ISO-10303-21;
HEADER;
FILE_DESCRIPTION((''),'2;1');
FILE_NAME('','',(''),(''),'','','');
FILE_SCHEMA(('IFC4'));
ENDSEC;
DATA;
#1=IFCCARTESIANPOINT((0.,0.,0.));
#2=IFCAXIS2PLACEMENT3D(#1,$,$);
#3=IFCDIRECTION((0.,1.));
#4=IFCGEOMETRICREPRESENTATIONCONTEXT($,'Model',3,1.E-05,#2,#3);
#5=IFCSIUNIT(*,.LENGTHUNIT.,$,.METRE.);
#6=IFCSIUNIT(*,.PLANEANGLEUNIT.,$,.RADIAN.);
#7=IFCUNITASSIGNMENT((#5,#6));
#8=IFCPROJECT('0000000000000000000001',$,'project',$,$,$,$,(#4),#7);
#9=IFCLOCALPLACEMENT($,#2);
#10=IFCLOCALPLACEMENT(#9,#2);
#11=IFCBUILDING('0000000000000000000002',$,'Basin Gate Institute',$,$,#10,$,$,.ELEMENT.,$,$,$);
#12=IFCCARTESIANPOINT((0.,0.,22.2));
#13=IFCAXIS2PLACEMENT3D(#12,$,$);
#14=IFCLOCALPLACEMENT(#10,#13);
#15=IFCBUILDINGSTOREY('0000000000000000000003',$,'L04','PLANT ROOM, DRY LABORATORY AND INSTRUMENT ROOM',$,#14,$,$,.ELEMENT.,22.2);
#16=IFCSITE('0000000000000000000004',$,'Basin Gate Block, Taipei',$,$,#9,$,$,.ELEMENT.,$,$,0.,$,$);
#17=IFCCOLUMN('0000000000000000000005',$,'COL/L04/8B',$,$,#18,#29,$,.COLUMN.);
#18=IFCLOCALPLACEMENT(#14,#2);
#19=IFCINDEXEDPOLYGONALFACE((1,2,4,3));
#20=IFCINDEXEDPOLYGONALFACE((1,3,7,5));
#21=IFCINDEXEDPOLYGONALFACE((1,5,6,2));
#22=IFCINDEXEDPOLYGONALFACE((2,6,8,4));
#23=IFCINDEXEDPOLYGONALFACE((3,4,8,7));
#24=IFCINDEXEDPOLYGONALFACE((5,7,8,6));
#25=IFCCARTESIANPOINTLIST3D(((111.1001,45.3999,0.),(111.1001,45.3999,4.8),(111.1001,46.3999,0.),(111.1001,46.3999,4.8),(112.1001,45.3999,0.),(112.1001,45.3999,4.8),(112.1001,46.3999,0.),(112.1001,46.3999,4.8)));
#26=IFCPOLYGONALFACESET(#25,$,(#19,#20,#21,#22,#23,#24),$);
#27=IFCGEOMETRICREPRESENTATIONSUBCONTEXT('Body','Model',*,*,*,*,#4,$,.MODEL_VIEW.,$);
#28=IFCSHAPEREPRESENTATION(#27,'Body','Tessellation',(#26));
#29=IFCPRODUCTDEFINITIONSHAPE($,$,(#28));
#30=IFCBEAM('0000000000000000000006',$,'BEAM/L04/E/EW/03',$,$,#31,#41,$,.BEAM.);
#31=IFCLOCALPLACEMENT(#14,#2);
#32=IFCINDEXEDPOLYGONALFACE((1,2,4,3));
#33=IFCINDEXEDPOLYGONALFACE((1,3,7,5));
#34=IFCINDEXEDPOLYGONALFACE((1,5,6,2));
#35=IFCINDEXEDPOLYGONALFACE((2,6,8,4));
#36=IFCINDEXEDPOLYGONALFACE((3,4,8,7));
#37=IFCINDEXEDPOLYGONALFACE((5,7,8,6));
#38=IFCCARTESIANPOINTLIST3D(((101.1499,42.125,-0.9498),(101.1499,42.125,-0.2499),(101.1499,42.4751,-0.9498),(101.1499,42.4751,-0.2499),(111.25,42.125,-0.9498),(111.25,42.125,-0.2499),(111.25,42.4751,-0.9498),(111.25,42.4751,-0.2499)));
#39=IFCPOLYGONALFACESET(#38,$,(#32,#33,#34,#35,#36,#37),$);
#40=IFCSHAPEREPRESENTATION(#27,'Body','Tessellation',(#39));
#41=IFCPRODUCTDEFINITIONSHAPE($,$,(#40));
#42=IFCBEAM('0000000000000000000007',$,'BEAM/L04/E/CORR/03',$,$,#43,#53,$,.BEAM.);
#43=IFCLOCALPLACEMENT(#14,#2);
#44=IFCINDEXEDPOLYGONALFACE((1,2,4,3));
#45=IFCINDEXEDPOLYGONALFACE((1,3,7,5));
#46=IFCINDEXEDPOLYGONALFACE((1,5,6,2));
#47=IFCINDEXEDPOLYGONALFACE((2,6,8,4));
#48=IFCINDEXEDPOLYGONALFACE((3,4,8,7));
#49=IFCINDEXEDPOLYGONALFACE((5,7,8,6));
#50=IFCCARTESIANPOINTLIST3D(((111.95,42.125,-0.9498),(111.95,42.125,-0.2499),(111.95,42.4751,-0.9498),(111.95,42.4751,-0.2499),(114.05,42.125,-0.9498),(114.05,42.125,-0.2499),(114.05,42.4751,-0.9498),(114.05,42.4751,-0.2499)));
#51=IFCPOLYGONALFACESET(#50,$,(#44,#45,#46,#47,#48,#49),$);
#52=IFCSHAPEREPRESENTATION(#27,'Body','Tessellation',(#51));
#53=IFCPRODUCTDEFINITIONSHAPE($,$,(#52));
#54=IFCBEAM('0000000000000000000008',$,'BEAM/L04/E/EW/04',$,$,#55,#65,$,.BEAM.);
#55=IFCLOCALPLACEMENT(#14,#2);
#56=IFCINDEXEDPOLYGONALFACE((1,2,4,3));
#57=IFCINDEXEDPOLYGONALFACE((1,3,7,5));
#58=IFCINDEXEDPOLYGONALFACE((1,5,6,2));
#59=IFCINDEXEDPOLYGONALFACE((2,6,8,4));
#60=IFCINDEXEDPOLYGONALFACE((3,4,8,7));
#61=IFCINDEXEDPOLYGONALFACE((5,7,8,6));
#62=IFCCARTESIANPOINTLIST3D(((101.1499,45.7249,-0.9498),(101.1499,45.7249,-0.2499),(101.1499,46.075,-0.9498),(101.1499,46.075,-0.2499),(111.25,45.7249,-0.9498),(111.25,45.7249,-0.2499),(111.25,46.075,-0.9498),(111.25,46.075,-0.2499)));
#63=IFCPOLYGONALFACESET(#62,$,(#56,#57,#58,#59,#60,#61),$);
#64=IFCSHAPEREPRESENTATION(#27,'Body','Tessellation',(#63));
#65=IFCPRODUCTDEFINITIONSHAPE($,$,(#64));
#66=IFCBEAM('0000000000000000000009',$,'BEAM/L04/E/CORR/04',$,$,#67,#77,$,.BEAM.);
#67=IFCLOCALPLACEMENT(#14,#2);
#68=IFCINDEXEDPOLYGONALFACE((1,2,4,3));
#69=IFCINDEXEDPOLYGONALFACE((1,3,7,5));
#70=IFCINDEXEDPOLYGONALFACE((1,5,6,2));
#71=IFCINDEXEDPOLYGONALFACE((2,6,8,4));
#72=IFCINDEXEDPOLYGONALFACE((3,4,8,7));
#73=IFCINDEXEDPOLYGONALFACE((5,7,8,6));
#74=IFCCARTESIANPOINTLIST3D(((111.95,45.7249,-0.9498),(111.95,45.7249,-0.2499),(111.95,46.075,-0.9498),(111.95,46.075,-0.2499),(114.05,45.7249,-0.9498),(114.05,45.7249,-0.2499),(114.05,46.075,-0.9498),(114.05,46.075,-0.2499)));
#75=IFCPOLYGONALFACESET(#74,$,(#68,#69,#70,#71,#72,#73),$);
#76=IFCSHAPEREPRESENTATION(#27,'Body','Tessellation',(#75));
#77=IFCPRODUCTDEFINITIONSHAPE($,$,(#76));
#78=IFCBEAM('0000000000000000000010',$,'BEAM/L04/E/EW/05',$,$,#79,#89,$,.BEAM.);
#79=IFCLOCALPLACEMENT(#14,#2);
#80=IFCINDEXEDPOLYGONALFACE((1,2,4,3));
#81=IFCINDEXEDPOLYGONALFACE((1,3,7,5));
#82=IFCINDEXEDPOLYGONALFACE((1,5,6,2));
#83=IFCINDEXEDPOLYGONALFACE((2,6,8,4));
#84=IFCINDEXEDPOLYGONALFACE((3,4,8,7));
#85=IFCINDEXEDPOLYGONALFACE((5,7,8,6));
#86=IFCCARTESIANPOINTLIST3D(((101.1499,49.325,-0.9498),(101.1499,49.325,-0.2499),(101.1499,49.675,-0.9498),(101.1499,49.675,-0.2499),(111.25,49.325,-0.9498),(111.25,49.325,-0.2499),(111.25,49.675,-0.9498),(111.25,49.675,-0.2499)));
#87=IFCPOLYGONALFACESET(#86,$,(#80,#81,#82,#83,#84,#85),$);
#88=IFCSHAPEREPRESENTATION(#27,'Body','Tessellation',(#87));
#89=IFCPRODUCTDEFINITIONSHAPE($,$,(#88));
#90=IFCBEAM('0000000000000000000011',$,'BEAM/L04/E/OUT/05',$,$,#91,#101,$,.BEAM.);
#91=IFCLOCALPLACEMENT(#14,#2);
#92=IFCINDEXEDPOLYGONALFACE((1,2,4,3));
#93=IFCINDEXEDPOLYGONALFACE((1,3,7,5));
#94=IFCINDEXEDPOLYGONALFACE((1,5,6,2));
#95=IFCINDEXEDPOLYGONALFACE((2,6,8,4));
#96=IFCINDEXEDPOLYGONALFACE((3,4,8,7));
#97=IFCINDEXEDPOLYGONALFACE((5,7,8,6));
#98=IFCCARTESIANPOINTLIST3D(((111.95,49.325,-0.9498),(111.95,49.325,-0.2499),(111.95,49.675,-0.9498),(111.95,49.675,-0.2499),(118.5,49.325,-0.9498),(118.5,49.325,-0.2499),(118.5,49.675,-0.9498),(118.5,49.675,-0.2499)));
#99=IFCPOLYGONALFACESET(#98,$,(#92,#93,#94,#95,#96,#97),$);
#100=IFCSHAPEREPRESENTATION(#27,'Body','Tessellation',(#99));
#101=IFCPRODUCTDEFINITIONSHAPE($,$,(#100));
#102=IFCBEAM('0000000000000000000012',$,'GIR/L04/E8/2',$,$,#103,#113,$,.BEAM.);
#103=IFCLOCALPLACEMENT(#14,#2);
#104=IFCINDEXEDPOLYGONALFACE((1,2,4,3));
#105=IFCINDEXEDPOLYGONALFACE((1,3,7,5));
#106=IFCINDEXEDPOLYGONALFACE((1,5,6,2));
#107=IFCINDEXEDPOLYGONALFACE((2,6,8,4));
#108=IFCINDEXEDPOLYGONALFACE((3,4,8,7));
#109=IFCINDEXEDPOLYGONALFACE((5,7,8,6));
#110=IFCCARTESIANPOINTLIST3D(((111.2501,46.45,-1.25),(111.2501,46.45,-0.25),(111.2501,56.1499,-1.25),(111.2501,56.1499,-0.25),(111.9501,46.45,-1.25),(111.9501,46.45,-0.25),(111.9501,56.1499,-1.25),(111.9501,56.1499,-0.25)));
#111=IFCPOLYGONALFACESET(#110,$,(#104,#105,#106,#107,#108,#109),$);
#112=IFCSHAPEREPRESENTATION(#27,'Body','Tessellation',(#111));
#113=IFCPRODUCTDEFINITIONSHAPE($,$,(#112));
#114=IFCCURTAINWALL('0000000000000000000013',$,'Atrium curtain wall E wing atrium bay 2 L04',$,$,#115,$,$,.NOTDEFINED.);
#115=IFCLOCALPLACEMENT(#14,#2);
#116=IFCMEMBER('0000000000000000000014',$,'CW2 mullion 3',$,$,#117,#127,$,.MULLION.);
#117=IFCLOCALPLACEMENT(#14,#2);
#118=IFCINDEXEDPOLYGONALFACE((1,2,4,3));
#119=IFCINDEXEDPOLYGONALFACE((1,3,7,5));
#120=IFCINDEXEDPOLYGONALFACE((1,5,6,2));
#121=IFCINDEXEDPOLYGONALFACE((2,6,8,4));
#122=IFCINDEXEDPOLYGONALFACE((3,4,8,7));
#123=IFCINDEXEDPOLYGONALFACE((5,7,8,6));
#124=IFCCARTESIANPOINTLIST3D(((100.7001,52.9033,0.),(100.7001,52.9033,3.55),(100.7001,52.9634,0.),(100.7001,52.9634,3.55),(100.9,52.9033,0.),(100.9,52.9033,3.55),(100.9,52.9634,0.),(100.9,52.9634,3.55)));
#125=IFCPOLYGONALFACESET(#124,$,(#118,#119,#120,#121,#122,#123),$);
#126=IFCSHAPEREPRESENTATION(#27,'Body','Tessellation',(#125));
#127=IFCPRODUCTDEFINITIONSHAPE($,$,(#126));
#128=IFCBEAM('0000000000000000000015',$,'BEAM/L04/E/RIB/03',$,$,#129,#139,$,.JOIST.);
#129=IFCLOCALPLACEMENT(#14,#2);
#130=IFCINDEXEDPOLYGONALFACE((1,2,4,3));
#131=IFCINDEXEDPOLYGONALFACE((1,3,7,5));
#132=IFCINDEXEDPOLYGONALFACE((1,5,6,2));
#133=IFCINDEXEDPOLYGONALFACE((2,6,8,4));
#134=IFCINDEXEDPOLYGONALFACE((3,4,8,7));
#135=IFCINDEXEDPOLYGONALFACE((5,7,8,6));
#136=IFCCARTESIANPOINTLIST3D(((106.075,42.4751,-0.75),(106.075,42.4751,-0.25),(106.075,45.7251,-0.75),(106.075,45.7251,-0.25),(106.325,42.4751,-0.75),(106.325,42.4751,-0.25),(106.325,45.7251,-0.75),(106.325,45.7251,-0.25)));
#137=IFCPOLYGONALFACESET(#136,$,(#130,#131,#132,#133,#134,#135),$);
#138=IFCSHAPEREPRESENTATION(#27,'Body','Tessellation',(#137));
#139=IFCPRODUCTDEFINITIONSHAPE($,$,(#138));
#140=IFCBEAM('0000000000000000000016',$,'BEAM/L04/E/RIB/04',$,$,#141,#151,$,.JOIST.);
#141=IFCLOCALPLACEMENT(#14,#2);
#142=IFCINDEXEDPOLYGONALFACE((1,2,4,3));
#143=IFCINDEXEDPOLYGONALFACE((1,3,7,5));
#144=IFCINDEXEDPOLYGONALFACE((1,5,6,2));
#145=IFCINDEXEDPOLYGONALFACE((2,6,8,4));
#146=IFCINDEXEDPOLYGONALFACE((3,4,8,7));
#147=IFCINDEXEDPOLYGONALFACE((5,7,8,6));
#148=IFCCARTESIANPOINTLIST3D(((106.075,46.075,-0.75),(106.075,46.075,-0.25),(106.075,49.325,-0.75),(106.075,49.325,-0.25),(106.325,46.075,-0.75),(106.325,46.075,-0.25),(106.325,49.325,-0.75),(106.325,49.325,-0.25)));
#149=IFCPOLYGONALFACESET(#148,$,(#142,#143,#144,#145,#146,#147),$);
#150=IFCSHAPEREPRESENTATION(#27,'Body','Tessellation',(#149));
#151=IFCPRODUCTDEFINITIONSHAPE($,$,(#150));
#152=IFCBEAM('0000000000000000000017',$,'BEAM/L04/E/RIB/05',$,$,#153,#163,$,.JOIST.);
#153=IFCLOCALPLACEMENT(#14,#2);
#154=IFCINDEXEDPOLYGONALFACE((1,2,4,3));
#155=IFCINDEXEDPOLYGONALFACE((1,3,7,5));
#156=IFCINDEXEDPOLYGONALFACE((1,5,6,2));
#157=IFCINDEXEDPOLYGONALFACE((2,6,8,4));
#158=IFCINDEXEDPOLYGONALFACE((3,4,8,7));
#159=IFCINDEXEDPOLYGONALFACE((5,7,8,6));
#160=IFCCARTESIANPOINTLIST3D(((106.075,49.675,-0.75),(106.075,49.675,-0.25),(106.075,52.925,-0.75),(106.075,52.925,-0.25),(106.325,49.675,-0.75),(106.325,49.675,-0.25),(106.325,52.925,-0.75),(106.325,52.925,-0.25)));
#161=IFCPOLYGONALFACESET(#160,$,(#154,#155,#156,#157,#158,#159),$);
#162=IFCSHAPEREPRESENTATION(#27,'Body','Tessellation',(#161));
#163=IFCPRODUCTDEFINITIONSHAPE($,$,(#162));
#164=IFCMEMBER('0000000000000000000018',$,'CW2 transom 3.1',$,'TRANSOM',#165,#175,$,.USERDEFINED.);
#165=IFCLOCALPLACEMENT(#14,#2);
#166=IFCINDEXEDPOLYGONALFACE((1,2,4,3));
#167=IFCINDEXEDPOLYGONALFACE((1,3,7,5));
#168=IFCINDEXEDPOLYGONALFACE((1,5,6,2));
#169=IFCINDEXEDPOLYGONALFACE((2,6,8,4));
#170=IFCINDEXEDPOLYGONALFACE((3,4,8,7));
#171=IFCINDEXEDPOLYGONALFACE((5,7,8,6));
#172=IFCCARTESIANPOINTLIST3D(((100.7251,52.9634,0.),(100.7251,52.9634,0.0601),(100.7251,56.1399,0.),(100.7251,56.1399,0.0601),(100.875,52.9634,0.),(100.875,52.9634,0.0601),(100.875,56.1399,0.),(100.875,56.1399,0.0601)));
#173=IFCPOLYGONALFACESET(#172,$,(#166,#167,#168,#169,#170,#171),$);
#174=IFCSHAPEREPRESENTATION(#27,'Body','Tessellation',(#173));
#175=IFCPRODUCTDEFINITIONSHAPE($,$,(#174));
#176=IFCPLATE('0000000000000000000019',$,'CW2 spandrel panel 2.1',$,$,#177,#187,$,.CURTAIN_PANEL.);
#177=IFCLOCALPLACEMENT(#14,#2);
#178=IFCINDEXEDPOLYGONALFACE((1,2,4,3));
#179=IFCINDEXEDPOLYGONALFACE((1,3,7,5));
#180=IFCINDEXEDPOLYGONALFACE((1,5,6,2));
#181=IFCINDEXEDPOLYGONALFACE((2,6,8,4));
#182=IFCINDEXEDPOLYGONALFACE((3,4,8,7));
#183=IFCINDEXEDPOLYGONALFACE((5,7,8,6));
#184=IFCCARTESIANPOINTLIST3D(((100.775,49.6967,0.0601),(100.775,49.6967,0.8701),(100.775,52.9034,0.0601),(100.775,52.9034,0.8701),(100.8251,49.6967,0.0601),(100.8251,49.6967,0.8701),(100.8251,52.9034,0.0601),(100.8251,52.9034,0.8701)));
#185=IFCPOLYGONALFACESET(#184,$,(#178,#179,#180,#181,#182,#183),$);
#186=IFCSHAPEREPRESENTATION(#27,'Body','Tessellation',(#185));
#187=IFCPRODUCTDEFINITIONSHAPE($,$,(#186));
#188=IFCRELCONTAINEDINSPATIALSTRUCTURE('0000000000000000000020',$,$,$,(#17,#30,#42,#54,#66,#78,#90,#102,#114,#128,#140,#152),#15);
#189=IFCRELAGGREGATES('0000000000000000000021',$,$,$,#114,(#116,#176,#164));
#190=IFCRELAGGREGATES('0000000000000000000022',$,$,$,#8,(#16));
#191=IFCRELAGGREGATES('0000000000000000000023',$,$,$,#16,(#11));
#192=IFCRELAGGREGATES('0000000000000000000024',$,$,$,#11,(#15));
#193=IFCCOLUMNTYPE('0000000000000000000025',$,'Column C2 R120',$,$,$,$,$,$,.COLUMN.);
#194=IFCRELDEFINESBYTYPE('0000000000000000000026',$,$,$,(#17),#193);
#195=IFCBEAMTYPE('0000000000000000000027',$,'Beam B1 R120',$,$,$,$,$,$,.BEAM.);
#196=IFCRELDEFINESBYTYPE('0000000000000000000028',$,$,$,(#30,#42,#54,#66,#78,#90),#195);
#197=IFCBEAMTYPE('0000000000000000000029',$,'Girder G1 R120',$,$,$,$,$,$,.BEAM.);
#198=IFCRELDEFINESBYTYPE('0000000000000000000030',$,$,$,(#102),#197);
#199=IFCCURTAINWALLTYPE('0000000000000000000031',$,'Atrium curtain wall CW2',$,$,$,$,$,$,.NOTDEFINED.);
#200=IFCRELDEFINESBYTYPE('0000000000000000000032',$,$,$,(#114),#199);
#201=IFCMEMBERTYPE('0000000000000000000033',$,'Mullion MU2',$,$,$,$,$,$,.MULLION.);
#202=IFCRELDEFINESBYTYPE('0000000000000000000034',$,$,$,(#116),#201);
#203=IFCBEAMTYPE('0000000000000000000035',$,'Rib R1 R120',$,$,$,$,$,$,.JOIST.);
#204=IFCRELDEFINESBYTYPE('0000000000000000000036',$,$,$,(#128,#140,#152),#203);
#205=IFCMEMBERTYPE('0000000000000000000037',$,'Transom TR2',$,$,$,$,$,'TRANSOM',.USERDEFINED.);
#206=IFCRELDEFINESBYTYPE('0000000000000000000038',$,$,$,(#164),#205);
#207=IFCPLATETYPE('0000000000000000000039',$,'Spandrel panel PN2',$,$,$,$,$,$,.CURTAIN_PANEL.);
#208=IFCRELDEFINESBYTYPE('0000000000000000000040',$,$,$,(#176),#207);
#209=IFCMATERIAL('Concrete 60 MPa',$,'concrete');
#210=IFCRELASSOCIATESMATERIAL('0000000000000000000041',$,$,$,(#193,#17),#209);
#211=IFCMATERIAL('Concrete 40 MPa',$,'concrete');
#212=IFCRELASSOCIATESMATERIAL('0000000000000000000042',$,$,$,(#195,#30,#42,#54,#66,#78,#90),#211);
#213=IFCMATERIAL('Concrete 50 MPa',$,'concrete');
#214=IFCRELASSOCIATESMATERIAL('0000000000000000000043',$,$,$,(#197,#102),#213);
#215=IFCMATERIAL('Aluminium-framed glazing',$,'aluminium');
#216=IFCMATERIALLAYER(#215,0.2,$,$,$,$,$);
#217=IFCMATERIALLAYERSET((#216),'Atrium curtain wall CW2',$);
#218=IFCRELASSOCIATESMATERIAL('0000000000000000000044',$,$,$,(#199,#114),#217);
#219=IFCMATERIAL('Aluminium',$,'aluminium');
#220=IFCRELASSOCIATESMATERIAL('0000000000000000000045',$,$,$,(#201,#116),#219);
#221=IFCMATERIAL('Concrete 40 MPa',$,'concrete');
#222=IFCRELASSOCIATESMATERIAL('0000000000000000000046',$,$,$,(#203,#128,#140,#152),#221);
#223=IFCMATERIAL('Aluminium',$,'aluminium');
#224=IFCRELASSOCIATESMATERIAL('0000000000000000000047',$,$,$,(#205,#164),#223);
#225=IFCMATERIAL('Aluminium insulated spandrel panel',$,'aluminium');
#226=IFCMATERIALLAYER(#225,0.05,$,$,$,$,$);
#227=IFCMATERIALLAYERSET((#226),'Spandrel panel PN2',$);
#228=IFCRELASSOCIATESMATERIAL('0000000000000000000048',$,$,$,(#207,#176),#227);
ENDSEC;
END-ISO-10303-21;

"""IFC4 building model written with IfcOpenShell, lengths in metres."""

from ifc_helpers import new_model, si_unit, direction, frame, origin, origin_2d, place, context, subcontext, project, spatial, rectangle, extrude, material, layer, layer_set, material_profile, profile_set, type_object, element, aggregate, save


model = new_model("IFC4")

# Units and contexts
model_context = context("Model", 3, precision=1e-05, world=origin(), true_north=direction((0.0, 1.0)))
body_context = subcontext(model_context, "Body", "Model", "MODEL_VIEW")
ifc_project = project(units=[si_unit("LENGTHUNIT", "METRE"), si_unit("PLANEANGLEUNIT", "RADIAN")], contexts=[model_context])

# Site, building, storey
site_placement = place(None, origin())
site = spatial("IfcSite", under=ifc_project, at=site_placement, Name="Basin Gate Block, Taipei", CompositionType="ELEMENT", RefElevation=0.0)
building_placement = place(site_placement, origin())
building = spatial("IfcBuilding", under=site, at=building_placement, Name="Basin Gate Institute", CompositionType="ELEMENT")
storey_placement = place(building_placement, frame((0.0, 0.0, 22.2)))
storey = spatial("IfcBuildingStorey", under=building, at=storey_placement, Name="L04", Description="PLANT ROOM, DRY LABORATORY AND INSTRUMENT ROOM", CompositionType="ELEMENT", Elevation=22.2)

# Column
ifc_material_1 = material(Name="Concrete 60 MPa", Category="concrete")
ifc_material_profile_1 = material_profile(ifc_material_1, rectangle(XDim=1.0, YDim=1.0, at=origin_2d()), Name="Column C2 1000 x 1000")
ifc_profile_set_1 = profile_set([ifc_material_profile_1], Name="Concrete 60 MPa")
column_type = type_object("IfcColumnType", Name="Column C2 R120", PredefinedType="COLUMN", material=ifc_profile_set_1)
column_placement = place(storey_placement, frame((111.6001, 45.8999, 0.0), z_axis=(0.0, 0.0, 1.0), x_axis=(1.0, 0.0, 0.0)))
element("IfcColumn", 1, at=column_placement, inside=storey, type_object=column_type, material=ifc_profile_set_1, Name="COL/L04/8B", PredefinedType="COLUMN", context=body_context, shape_type="SweptSolid", body=[
    extrude(rectangle(XDim=1.0, YDim=1.0, at=origin_2d()), origin(), (0.0, 0.0, 1.0), 4.8),
])

# Beams
ifc_material_2 = material(Name="Concrete 40 MPa", Category="concrete")
ifc_material_profile_2 = material_profile(ifc_material_2, rectangle(XDim=0.3501, YDim=0.7, at=origin_2d()), Name="Beam B1 350 x 700")
ifc_profile_set_2 = profile_set([ifc_material_profile_2], Name="Concrete 40 MPa")
beam_type_1 = type_object("IfcBeamType", Name="Beam B1 R120", PredefinedType="BEAM", material=ifc_profile_set_2)
beam_1_placement = place(storey_placement, frame((111.25, 42.3, -0.5999), z_axis=(-1.0, 0.0, 0.0), x_axis=(0.0, -1.0, 0.0)))
element("IfcBeam", 2, at=beam_1_placement, inside=storey, type_object=beam_type_1, material=ifc_profile_set_2, Name="BEAM/L04/E/EW/03", PredefinedType="BEAM", context=body_context, shape_type="SweptSolid", body=[
    extrude(rectangle(XDim=0.3501, YDim=0.7, at=origin_2d()), origin(), (0.0, 0.0, 1.0), 10.1001),
])
beam_2_placement = place(storey_placement, frame((114.05, 42.3, -0.5999), z_axis=(-1.0, 0.0, 0.0), x_axis=(0.0, -1.0, 0.0)))
element("IfcBeam", 3, at=beam_2_placement, inside=storey, type_object=beam_type_1, material=ifc_profile_set_2, Name="BEAM/L04/E/CORR/03", PredefinedType="BEAM", context=body_context, shape_type="SweptSolid", body=[
    extrude(rectangle(XDim=0.3501, YDim=0.7, at=origin_2d()), origin(), (0.0, 0.0, 1.0), 2.1001),
])
beam_3_placement = place(storey_placement, frame((111.25, 45.8999, -0.5999), z_axis=(-1.0, 0.0, 0.0), x_axis=(0.0, -1.0, 0.0)))
element("IfcBeam", 4, at=beam_3_placement, inside=storey, type_object=beam_type_1, material=ifc_profile_set_2, Name="BEAM/L04/E/EW/04", PredefinedType="BEAM", context=body_context, shape_type="SweptSolid", body=[
    extrude(rectangle(XDim=0.3501, YDim=0.7, at=origin_2d()), origin(), (0.0, 0.0, 1.0), 10.1001),
])
beam_4_placement = place(storey_placement, frame((114.05, 45.8999, -0.5999), z_axis=(-1.0, 0.0, 0.0), x_axis=(0.0, -1.0, 0.0)))
element("IfcBeam", 5, at=beam_4_placement, inside=storey, type_object=beam_type_1, material=ifc_profile_set_2, Name="BEAM/L04/E/CORR/04", PredefinedType="BEAM", context=body_context, shape_type="SweptSolid", body=[
    extrude(rectangle(XDim=0.3501, YDim=0.7, at=origin_2d()), origin(), (0.0, 0.0, 1.0), 2.1001),
])
beam_5_placement = place(storey_placement, frame((111.25, 49.5, -0.5999), z_axis=(-1.0, 0.0, 0.0), x_axis=(0.0, -1.0, 0.0)))
element("IfcBeam", 6, at=beam_5_placement, inside=storey, type_object=beam_type_1, material=ifc_profile_set_2, Name="BEAM/L04/E/EW/05", PredefinedType="BEAM", context=body_context, shape_type="SweptSolid", body=[
    extrude(rectangle(XDim=0.3501, YDim=0.7, at=origin_2d()), origin(), (0.0, 0.0, 1.0), 10.1001),
])
beam_6_placement = place(storey_placement, frame((118.5, 49.5, -0.5999), z_axis=(-1.0, 0.0, 0.0), x_axis=(0.0, -1.0, 0.0)))
element("IfcBeam", 7, at=beam_6_placement, inside=storey, type_object=beam_type_1, material=ifc_profile_set_2, Name="BEAM/L04/E/OUT/05", PredefinedType="BEAM", context=body_context, shape_type="SweptSolid", body=[
    extrude(rectangle(XDim=0.3501, YDim=0.7, at=origin_2d()), origin(), (0.0, 0.0, 1.0), 6.55),
])
ifc_material_3 = material(Name="Concrete 50 MPa", Category="concrete")
ifc_material_profile_3 = material_profile(ifc_material_3, rectangle(XDim=0.7, YDim=1.0, at=origin_2d()), Name="Girder G1 700 x 1000")
ifc_profile_set_3 = profile_set([ifc_material_profile_3], Name="Concrete 50 MPa")
beam_type_2 = type_object("IfcBeamType", Name="Girder G1 R120", PredefinedType="BEAM", material=ifc_profile_set_3)
beam_7_placement = place(storey_placement, frame((111.6001, 46.45, -0.75), z_axis=(0.0, 1.0, 0.0), x_axis=(-1.0, 0.0, 0.0)))
element("IfcBeam", 8, at=beam_7_placement, inside=storey, type_object=beam_type_2, material=ifc_profile_set_3, Name="GIR/L04/E8/2", PredefinedType="BEAM", context=body_context, shape_type="SweptSolid", body=[
    extrude(rectangle(XDim=0.7, YDim=1.0, at=origin_2d()), origin(), (0.0, 0.0, 1.0), 9.7),
])

# Curtain wall, member
ifc_material_4 = material(Name="Aluminium-framed glazing", Category="aluminium")
ifc_layer_1 = layer(ifc_material_4, 0.2)
ifc_layer_set_1 = layer_set([ifc_layer_1], Name="Atrium curtain wall CW2")
curtain_wall_type = type_object("IfcCurtainWallType", Name="Atrium curtain wall CW2", PredefinedType="NOTDEFINED", material=ifc_layer_set_1)
curtain_wall_placement = place(storey_placement, origin())
curtain_wall = element("IfcCurtainWall", 9, at=curtain_wall_placement, inside=storey, type_object=curtain_wall_type, material=ifc_layer_set_1, Name="Atrium curtain wall E wing atrium bay 2 L04", PredefinedType="NOTDEFINED")
ifc_material_5 = material(Name="Aluminium", Category="aluminium")
ifc_material_profile_4 = material_profile(ifc_material_5, rectangle(XDim=0.2, YDim=0.0601, at=origin_2d()), Name="Mullion MU2 200 x 60")
ifc_profile_set_4 = profile_set([ifc_material_profile_4], Name="Aluminium")
member_type_1 = type_object("IfcMemberType", Name="Mullion MU2", PredefinedType="MULLION", material=ifc_profile_set_4)
member_1_placement = place(storey_placement, frame((100.8, 52.9333, 0.0), z_axis=(0.0, 0.0, 1.0), x_axis=(-1.0, 0.0, 0.0)))
member_1 = element("IfcMember", 10, at=member_1_placement, type_object=member_type_1, material=ifc_profile_set_4, Name="CW2 mullion 3", PredefinedType="MULLION", context=body_context, shape_type="SweptSolid", body=[
    extrude(rectangle(XDim=0.2, YDim=0.0601, at=origin_2d()), origin(), (0.0, 0.0, 1.0), 3.55),
])

# Beams
ifc_material_6 = material(Name="Concrete 40 MPa", Category="concrete")
ifc_material_profile_5 = material_profile(ifc_material_6, rectangle(XDim=0.25, YDim=0.5, at=origin_2d()), Name="Rib R1 250 x 500")
ifc_profile_set_5 = profile_set([ifc_material_profile_5], Name="Concrete 40 MPa")
beam_type_3 = type_object("IfcBeamType", Name="Rib R1 R120", PredefinedType="JOIST", material=ifc_profile_set_5)
for number, where, z_axis, x_axis, name in (
    (11, (106.2, 42.4751, -0.5), (0.0, 1.0, 0.0), (-1.0, 0.0, 0.0), "BEAM/L04/E/RIB/03"),
    (12, (106.2, 46.075, -0.5), (0.0, 1.0, 0.0), (-1.0, 0.0, 0.0), "BEAM/L04/E/RIB/04"),
    (13, (106.2, 49.675, -0.5), (0.0, 1.0, 0.0), (-1.0, 0.0, 0.0), "BEAM/L04/E/RIB/05"),
):
    element("IfcBeam", number, at=place(storey_placement, frame(where, z_axis=z_axis, x_axis=x_axis)), inside=storey, type_object=beam_type_3, material=ifc_profile_set_5, Name=name, PredefinedType="JOIST", context=body_context, shape_type="SweptSolid", body=[
        extrude(rectangle(XDim=0.25, YDim=0.5, at=origin_2d()), origin(), (0.0, 0.0, 1.0), 3.25),
    ])

# Member
ifc_material_7 = material(Name="Aluminium", Category="aluminium")
ifc_material_profile_6 = material_profile(ifc_material_7, rectangle(XDim=0.1499, YDim=0.0601, at=origin_2d()), Name="Transom TR2 150 x 60")
ifc_profile_set_6 = profile_set([ifc_material_profile_6], Name="Aluminium")
member_type_2 = type_object("IfcMemberType", Name="Transom TR2", ElementType="TRANSOM", PredefinedType="USERDEFINED", material=ifc_profile_set_6)
member_2_placement = place(storey_placement, frame((100.8, 52.9634, 0.03), z_axis=(0.0, 1.0, 0.0), x_axis=(-1.0, 0.0, 0.0)))
member_2 = element("IfcMember", 14, at=member_2_placement, type_object=member_type_2, material=ifc_profile_set_6, Name="CW2 transom 3.1", ObjectType="TRANSOM", PredefinedType="USERDEFINED", context=body_context, shape_type="SweptSolid", body=[
    extrude(rectangle(XDim=0.1499, YDim=0.0601, at=origin_2d()), origin(), (0.0, 0.0, 1.0), 3.1765),
])

# Plate
ifc_material_8 = material(Name="Aluminium insulated spandrel panel", Category="aluminium")
ifc_layer_2 = layer(ifc_material_8, 0.05)
ifc_layer_set_2 = layer_set([ifc_layer_2], Name="Spandrel panel PN2")
plate_type_1 = type_object("IfcPlateType", Name="Spandrel panel PN2", PredefinedType="CURTAIN_PANEL", material=ifc_layer_set_2)
plate_1_placement = place(storey_placement, frame((100.8, 51.3, 0.0601), z_axis=(0.0, 0.0, 1.0), x_axis=(0.0, 1.0, 0.0)))
plate_1 = element("IfcPlate", 15, at=plate_1_placement, type_object=plate_type_1, material=ifc_layer_set_2, Name="CW2 spandrel panel 2.1", PredefinedType="CURTAIN_PANEL", context=body_context, shape_type="SweptSolid", body=[
    extrude(rectangle(XDim=3.2068, YDim=0.05, at=origin_2d()), origin(), (0.0, 0.0, 1.0), 0.8101),
])
aggregate(curtain_wall, [member_1, plate_1, member_2])

save(model, "model.ifc")
